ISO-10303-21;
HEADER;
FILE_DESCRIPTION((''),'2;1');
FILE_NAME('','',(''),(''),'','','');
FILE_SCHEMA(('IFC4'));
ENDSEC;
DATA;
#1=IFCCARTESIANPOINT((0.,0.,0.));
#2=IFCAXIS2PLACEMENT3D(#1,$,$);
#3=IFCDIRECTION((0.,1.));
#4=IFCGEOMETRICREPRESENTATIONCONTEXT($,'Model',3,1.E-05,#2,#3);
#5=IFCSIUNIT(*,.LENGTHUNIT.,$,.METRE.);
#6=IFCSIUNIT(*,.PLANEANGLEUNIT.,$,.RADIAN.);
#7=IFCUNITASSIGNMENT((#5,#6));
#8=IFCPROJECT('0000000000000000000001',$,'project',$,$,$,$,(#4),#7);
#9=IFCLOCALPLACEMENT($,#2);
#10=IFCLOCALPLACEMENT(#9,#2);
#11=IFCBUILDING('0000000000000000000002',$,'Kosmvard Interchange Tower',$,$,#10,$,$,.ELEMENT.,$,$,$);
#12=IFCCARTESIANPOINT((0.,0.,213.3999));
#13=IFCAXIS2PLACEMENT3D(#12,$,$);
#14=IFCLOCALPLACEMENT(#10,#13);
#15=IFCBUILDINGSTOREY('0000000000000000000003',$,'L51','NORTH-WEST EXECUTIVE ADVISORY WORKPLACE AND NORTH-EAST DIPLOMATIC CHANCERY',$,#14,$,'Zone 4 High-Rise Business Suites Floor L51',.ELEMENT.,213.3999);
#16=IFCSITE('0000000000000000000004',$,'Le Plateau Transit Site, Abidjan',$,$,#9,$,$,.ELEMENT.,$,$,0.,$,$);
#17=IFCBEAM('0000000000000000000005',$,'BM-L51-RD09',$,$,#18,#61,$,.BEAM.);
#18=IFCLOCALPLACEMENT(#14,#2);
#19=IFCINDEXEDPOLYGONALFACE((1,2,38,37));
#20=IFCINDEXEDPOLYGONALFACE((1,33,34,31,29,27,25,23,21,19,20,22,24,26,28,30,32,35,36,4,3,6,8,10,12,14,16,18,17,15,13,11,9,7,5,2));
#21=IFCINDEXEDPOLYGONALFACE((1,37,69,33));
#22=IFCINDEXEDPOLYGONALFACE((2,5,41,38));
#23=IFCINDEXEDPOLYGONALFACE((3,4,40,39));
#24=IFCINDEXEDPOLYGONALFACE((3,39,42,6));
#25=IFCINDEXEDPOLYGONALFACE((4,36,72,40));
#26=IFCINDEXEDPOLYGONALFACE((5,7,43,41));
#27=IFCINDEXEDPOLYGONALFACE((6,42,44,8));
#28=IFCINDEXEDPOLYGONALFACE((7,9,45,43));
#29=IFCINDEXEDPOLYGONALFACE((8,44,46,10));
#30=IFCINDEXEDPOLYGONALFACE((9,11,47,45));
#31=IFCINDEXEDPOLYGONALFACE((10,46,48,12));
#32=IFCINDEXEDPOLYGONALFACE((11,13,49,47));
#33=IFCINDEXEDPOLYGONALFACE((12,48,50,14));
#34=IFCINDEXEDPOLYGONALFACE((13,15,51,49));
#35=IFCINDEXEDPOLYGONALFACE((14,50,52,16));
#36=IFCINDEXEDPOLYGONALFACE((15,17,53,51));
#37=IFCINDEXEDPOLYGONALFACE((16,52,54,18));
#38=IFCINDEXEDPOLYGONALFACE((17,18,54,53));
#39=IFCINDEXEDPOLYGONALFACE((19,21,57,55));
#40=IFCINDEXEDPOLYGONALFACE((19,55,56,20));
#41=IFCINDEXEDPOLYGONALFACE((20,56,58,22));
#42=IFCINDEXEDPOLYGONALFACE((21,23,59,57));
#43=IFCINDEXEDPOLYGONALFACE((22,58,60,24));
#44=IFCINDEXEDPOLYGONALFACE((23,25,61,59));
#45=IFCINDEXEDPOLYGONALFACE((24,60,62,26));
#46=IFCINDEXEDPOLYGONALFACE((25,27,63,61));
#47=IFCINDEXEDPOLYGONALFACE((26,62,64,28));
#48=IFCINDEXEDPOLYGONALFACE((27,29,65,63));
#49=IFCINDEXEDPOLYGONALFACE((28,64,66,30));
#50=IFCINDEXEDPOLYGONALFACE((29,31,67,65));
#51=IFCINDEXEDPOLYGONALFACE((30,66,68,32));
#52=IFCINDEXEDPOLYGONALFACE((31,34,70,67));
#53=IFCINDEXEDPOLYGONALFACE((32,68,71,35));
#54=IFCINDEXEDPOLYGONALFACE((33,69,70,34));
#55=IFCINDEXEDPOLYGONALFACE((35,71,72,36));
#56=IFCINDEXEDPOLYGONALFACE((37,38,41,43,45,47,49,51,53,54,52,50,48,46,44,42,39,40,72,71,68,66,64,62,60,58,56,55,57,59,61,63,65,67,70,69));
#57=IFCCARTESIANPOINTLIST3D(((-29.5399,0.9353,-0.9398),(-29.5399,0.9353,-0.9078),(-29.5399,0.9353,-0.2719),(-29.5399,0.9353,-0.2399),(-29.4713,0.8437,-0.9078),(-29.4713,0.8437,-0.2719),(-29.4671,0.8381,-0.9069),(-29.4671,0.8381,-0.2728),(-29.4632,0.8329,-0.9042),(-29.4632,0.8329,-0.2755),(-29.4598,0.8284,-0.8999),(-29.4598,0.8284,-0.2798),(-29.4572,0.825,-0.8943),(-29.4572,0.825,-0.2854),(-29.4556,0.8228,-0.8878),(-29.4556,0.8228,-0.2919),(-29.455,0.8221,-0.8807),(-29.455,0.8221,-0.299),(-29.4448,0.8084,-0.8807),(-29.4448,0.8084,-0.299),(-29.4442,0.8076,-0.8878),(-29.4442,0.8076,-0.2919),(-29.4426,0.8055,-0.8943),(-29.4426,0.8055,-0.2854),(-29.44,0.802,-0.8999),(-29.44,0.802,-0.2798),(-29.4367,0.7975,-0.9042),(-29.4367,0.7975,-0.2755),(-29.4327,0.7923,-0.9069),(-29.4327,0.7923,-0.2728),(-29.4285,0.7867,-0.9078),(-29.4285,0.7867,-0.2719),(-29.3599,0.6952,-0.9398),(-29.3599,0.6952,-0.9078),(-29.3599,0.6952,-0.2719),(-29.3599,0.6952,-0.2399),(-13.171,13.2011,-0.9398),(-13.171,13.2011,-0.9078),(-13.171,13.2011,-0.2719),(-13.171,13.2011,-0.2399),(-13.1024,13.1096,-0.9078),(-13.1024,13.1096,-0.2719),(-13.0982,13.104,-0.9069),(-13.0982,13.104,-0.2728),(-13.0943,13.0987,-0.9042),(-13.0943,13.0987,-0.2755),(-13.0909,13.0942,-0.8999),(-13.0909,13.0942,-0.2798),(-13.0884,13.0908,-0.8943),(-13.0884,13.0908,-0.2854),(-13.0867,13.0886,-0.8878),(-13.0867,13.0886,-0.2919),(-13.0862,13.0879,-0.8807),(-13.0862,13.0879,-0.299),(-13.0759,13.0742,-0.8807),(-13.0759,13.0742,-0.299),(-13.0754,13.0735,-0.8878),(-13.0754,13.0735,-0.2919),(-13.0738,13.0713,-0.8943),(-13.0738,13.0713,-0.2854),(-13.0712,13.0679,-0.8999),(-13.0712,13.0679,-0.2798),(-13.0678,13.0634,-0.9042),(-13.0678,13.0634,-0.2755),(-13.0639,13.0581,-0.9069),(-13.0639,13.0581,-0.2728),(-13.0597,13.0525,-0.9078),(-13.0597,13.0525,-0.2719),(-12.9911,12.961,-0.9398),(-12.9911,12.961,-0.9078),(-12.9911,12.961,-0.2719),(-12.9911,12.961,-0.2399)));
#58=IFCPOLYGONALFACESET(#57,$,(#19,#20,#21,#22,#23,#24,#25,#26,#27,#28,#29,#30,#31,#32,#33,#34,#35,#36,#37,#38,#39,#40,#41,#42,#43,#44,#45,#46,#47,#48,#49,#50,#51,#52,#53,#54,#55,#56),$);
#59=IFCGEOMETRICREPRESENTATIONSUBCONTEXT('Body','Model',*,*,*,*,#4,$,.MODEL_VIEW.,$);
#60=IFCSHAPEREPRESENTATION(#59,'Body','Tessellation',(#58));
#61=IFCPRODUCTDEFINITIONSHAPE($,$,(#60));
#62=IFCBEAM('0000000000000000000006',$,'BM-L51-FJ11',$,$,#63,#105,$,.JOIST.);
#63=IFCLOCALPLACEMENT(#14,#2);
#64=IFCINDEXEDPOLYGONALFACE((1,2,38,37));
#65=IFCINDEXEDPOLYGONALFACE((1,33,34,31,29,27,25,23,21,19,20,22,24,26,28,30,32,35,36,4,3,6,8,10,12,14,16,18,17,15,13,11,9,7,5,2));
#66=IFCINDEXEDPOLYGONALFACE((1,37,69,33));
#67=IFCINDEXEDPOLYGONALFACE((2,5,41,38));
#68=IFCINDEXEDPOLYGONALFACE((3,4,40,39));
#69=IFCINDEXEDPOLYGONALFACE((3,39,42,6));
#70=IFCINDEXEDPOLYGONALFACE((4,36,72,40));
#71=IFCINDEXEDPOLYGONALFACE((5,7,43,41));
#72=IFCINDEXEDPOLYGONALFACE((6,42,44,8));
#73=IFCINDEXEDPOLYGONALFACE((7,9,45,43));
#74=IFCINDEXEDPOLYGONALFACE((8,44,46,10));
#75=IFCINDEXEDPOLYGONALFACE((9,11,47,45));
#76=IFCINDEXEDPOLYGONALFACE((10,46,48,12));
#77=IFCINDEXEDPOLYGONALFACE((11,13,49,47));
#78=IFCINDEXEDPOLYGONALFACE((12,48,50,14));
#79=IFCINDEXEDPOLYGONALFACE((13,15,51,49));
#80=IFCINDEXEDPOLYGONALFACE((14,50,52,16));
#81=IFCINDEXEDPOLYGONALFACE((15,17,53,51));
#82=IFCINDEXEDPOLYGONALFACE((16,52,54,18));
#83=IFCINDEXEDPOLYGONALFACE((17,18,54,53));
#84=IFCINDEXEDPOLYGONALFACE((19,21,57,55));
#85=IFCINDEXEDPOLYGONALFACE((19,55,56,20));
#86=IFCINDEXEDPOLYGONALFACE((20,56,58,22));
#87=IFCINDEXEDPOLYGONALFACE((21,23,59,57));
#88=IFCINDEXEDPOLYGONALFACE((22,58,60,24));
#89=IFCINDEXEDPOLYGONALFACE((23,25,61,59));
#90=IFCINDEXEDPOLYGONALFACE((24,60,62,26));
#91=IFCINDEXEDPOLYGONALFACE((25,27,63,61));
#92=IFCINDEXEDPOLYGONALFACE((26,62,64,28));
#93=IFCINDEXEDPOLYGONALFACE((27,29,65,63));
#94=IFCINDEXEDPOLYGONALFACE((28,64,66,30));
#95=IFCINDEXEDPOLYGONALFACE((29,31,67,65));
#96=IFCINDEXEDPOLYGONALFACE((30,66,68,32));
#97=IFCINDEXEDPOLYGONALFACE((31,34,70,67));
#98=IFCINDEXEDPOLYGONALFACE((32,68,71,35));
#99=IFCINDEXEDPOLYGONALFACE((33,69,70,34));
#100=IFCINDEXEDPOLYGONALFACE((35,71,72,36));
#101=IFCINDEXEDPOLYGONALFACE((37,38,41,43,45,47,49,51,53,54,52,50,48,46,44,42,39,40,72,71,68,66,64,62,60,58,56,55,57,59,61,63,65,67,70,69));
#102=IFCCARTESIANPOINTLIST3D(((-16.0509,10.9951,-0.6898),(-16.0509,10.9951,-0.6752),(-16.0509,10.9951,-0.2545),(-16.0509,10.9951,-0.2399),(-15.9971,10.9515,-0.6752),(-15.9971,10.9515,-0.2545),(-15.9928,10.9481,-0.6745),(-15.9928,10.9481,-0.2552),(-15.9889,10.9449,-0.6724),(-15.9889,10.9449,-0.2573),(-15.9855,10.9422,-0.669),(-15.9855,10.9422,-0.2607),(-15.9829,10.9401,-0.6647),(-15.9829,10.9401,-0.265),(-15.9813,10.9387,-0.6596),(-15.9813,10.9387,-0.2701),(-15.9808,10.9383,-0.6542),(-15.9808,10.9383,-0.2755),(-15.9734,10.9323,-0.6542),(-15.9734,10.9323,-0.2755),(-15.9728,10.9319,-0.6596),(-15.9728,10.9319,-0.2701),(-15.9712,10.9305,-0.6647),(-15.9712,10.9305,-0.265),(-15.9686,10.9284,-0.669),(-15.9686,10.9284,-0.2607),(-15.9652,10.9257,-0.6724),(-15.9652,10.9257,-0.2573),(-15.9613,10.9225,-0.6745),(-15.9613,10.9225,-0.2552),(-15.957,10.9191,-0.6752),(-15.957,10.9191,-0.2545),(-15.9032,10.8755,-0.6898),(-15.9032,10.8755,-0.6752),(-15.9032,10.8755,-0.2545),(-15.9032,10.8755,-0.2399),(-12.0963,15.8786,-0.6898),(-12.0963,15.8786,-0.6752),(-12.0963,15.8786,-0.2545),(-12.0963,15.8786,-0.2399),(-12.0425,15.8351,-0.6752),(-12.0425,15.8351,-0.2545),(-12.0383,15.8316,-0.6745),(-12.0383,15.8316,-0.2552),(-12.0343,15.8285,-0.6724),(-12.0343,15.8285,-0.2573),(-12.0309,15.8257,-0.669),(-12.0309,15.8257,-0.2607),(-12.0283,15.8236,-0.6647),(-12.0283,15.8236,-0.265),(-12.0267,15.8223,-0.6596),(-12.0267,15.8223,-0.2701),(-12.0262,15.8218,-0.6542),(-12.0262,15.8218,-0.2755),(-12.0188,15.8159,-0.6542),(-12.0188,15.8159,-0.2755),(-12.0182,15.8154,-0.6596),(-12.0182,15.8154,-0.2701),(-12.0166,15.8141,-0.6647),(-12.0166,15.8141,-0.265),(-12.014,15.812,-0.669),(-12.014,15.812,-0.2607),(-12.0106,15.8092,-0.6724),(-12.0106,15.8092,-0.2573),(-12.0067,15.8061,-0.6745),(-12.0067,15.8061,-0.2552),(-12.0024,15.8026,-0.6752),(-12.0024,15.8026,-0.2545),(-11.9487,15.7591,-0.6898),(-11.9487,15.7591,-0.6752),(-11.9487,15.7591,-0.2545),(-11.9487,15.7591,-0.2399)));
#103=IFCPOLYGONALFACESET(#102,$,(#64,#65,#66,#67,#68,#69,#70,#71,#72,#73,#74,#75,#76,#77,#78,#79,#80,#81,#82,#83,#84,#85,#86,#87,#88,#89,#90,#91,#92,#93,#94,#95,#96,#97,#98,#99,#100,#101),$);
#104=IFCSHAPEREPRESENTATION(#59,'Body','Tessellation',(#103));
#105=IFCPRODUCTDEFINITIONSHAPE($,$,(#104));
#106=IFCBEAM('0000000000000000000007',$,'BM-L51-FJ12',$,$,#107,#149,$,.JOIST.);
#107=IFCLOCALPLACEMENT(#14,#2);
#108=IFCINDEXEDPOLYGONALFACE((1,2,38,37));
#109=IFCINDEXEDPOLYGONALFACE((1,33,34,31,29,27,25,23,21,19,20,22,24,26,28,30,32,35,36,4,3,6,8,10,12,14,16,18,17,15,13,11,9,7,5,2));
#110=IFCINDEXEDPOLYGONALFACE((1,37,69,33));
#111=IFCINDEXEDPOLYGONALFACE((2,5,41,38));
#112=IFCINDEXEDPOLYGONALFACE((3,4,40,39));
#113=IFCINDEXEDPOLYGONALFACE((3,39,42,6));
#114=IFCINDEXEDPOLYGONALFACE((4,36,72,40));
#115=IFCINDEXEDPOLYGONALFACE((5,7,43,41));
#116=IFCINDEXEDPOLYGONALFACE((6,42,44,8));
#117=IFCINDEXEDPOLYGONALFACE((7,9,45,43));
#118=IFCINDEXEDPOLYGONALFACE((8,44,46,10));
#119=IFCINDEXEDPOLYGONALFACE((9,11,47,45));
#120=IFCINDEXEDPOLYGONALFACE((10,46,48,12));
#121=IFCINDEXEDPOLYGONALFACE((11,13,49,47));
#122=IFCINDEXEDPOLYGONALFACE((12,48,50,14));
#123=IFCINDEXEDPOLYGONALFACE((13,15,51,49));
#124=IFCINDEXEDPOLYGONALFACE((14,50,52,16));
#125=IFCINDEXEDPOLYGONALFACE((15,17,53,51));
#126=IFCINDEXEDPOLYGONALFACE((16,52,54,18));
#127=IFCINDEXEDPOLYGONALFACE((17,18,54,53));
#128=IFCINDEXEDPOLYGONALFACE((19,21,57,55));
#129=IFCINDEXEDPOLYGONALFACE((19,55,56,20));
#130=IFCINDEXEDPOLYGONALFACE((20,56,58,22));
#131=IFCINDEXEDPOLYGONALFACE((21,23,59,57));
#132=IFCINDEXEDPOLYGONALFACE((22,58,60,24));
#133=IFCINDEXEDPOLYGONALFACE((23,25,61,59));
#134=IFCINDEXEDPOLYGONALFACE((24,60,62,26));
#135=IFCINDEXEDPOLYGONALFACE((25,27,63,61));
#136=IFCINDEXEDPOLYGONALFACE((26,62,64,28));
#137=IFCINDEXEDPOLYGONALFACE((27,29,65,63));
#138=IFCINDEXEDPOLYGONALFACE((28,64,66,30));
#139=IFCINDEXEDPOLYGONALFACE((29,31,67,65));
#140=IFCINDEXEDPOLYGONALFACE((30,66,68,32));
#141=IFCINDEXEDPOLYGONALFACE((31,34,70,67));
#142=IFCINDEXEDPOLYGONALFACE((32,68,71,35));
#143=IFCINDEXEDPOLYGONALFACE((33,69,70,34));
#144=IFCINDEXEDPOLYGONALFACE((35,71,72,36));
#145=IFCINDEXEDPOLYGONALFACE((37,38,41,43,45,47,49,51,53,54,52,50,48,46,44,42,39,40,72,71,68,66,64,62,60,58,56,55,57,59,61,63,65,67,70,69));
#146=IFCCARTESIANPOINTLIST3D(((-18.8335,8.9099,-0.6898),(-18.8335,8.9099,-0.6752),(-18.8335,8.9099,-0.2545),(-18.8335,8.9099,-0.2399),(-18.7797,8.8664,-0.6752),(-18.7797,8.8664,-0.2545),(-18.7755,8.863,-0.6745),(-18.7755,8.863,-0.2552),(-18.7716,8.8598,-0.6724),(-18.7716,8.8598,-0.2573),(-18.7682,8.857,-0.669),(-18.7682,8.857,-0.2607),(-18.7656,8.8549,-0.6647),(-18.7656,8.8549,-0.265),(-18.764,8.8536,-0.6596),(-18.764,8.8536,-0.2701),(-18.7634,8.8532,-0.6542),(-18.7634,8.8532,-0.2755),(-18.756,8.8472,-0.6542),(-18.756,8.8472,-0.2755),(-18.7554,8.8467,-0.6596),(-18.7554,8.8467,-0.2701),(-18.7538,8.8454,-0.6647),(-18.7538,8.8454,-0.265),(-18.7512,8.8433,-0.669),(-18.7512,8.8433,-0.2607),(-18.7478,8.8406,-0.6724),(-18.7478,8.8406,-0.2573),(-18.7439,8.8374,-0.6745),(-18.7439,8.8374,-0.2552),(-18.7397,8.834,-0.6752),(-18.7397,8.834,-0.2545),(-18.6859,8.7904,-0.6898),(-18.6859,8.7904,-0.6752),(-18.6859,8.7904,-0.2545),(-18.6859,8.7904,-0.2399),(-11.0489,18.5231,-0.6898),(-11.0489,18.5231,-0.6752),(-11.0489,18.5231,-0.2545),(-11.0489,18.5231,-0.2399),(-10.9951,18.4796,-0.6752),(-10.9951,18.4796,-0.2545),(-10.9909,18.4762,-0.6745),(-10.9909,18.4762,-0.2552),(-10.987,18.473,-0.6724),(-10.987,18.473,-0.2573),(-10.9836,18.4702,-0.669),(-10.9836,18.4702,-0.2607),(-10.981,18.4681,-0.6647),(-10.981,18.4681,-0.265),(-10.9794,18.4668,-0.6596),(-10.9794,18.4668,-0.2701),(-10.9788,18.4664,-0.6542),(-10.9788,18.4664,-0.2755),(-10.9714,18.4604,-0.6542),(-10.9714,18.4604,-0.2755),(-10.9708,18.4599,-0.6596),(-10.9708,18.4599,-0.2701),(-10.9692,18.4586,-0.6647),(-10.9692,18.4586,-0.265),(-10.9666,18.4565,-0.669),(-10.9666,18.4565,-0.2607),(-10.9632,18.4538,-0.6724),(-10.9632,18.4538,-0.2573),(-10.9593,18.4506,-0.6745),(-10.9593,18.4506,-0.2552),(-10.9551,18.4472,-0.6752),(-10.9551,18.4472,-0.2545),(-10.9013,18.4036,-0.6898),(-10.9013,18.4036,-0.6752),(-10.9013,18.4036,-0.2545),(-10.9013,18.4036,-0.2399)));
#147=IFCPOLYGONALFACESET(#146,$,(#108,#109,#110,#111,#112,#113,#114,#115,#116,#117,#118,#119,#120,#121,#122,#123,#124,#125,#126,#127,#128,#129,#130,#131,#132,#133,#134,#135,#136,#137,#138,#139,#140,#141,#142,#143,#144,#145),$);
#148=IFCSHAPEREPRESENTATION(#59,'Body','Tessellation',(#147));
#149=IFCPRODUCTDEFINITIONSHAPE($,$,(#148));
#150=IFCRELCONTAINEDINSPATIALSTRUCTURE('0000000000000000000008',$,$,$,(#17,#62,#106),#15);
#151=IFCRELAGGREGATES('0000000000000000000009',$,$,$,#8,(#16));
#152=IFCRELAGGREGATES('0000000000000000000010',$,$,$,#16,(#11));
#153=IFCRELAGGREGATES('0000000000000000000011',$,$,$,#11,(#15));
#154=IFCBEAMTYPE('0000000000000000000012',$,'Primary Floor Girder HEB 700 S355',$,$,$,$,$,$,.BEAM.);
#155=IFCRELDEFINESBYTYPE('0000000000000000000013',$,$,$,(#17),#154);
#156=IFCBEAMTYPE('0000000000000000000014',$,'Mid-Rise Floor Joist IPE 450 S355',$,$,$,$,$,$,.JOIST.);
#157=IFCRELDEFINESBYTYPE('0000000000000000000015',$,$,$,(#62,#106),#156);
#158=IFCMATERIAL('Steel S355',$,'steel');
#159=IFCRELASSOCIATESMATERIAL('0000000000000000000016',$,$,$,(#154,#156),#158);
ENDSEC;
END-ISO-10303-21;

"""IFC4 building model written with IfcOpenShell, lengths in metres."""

from ifc_helpers import new_model, si_unit, direction, frame, origin, origin_2d, place, context, subcontext, project, spatial, i_section, extrude, source, transform, mapped, material, material_profile, profile_set, type_object, element, save


model = new_model("IFC4")

# Units and contexts
model_context = context("Model", 3, precision=1e-05, world=origin(), true_north=direction((0.0, 1.0)))
body_context = subcontext(model_context, "Body", "Model", "MODEL_VIEW")
ifc_project = project(units=[si_unit("LENGTHUNIT", "METRE"), si_unit("PLANEANGLEUNIT", "RADIAN")], contexts=[model_context])

# Site, building, storey
site_placement = place(None, origin())
site = spatial("IfcSite", under=ifc_project, at=site_placement, Name="Le Plateau Transit Site, Abidjan", CompositionType="ELEMENT", RefElevation=0.0)
building_placement = place(site_placement, origin())
building = spatial("IfcBuilding", under=site, at=building_placement, Name="Kosmvard Interchange Tower", CompositionType="ELEMENT")
storey_placement = place(building_placement, frame((0.0, 0.0, 213.3999)))
storey = spatial("IfcBuildingStorey", under=building, at=storey_placement, Name="L51", Description="NORTH-WEST EXECUTIVE ADVISORY WORKPLACE AND NORTH-EAST DIPLOMATIC CHANCERY", LongName="Zone 4 High-Rise Business Suites Floor L51", CompositionType="ELEMENT", Elevation=213.3999)

# Beams
ifc_material_1 = material(Name="Steel S355", Category="steel")
ifc_material_profile_1 = material_profile(ifc_material_1, i_section(OverallWidth=0.3, OverallDepth=0.7, WebThickness=0.0171, FlangeThickness=0.032, FilletRadius=0.0271, at=origin_2d()), Name="HEB 700")
ifc_profile_set_1 = profile_set([ifc_material_profile_1], Name="Steel S355")
beam_type_1 = type_object("IfcBeamType", Name="Primary Floor Girder HEB 700 S355", PredefinedType="BEAM", material=ifc_profile_set_1)
shared_shape_1 = source(origin(), body_context, "Body", "SweptSolid", [
    extrude(i_section(OverallWidth=0.3, OverallDepth=0.7, WebThickness=0.0171, FlangeThickness=0.032, FilletRadius=0.0271, at=origin_2d()), origin(), (0.0, 0.0, 1.0), 20.4546),
])
beam_1_placement = place(storey_placement, frame((-13.0811, 13.0811, -0.5898), z_axis=(-0.800253, -0.599662, 0.0), x_axis=(0.599662, -0.800253, 0.0)))
element("IfcBeam", 1, at=beam_1_placement, inside=storey, type_object=beam_type_1, Name="BM-L51-RD09", PredefinedType="BEAM", context=body_context, shape_type="MappedRepresentation", body=[
    mapped(shared_shape_1, transform((0.0, 0.0, 0.0), scale=1.0)),
])
ifc_material_profile_2 = material_profile(ifc_material_1, i_section(OverallWidth=0.1899, OverallDepth=0.45, WebThickness=0.0095, FlangeThickness=0.0146, FilletRadius=0.021, at=origin_2d()), Name="IPE 450")
ifc_profile_set_2 = profile_set([ifc_material_profile_2], Name="Steel S355")
beam_type_2 = type_object("IfcBeamType", Name="Mid-Rise Floor Joist IPE 450 S355", PredefinedType="JOIST", material=ifc_profile_set_2)
shared_shape_2 = source(origin(), body_context, "Body", "SweptSolid", [
    extrude(i_section(OverallWidth=0.1899, OverallDepth=0.45, WebThickness=0.0095, FlangeThickness=0.0146, FilletRadius=0.021, at=origin_2d()), origin(), (0.0, 0.0, 1.0), 6.2839),
])
beam_2_placement = place(storey_placement, frame((-12.0225, 15.8188, -0.4648), z_axis=(-0.629318, -0.777148, 0.0), x_axis=(0.777148, -0.629318, 0.0)))
element("IfcBeam", 2, at=beam_2_placement, inside=storey, type_object=beam_type_2, Name="BM-L51-FJ11", PredefinedType="JOIST", context=body_context, shape_type="MappedRepresentation", body=[
    mapped(shared_shape_2, transform((0.0, 0.0, 0.0), scale=1.0)),
])
shared_shape_3 = source(origin(), body_context, "Body", "SweptSolid", [
    extrude(i_section(OverallWidth=0.1899, OverallDepth=0.45, WebThickness=0.0095, FlangeThickness=0.0146, FilletRadius=0.021, at=origin_2d()), origin(), (0.0, 0.0, 1.0), 12.3699),
])
beam_3_placement = place(storey_placement, frame((-10.9751, 18.4634, -0.4648), z_axis=(-0.62932, -0.777147, 0.0), x_axis=(0.777147, -0.62932, 0.0)))
element("IfcBeam", 3, at=beam_3_placement, inside=storey, type_object=beam_type_2, Name="BM-L51-FJ12", PredefinedType="JOIST", context=body_context, shape_type="MappedRepresentation", body=[
    mapped(shared_shape_3, transform((0.0, 0.0, 0.0), scale=1.0)),
])

save(model, "model.ifc")
